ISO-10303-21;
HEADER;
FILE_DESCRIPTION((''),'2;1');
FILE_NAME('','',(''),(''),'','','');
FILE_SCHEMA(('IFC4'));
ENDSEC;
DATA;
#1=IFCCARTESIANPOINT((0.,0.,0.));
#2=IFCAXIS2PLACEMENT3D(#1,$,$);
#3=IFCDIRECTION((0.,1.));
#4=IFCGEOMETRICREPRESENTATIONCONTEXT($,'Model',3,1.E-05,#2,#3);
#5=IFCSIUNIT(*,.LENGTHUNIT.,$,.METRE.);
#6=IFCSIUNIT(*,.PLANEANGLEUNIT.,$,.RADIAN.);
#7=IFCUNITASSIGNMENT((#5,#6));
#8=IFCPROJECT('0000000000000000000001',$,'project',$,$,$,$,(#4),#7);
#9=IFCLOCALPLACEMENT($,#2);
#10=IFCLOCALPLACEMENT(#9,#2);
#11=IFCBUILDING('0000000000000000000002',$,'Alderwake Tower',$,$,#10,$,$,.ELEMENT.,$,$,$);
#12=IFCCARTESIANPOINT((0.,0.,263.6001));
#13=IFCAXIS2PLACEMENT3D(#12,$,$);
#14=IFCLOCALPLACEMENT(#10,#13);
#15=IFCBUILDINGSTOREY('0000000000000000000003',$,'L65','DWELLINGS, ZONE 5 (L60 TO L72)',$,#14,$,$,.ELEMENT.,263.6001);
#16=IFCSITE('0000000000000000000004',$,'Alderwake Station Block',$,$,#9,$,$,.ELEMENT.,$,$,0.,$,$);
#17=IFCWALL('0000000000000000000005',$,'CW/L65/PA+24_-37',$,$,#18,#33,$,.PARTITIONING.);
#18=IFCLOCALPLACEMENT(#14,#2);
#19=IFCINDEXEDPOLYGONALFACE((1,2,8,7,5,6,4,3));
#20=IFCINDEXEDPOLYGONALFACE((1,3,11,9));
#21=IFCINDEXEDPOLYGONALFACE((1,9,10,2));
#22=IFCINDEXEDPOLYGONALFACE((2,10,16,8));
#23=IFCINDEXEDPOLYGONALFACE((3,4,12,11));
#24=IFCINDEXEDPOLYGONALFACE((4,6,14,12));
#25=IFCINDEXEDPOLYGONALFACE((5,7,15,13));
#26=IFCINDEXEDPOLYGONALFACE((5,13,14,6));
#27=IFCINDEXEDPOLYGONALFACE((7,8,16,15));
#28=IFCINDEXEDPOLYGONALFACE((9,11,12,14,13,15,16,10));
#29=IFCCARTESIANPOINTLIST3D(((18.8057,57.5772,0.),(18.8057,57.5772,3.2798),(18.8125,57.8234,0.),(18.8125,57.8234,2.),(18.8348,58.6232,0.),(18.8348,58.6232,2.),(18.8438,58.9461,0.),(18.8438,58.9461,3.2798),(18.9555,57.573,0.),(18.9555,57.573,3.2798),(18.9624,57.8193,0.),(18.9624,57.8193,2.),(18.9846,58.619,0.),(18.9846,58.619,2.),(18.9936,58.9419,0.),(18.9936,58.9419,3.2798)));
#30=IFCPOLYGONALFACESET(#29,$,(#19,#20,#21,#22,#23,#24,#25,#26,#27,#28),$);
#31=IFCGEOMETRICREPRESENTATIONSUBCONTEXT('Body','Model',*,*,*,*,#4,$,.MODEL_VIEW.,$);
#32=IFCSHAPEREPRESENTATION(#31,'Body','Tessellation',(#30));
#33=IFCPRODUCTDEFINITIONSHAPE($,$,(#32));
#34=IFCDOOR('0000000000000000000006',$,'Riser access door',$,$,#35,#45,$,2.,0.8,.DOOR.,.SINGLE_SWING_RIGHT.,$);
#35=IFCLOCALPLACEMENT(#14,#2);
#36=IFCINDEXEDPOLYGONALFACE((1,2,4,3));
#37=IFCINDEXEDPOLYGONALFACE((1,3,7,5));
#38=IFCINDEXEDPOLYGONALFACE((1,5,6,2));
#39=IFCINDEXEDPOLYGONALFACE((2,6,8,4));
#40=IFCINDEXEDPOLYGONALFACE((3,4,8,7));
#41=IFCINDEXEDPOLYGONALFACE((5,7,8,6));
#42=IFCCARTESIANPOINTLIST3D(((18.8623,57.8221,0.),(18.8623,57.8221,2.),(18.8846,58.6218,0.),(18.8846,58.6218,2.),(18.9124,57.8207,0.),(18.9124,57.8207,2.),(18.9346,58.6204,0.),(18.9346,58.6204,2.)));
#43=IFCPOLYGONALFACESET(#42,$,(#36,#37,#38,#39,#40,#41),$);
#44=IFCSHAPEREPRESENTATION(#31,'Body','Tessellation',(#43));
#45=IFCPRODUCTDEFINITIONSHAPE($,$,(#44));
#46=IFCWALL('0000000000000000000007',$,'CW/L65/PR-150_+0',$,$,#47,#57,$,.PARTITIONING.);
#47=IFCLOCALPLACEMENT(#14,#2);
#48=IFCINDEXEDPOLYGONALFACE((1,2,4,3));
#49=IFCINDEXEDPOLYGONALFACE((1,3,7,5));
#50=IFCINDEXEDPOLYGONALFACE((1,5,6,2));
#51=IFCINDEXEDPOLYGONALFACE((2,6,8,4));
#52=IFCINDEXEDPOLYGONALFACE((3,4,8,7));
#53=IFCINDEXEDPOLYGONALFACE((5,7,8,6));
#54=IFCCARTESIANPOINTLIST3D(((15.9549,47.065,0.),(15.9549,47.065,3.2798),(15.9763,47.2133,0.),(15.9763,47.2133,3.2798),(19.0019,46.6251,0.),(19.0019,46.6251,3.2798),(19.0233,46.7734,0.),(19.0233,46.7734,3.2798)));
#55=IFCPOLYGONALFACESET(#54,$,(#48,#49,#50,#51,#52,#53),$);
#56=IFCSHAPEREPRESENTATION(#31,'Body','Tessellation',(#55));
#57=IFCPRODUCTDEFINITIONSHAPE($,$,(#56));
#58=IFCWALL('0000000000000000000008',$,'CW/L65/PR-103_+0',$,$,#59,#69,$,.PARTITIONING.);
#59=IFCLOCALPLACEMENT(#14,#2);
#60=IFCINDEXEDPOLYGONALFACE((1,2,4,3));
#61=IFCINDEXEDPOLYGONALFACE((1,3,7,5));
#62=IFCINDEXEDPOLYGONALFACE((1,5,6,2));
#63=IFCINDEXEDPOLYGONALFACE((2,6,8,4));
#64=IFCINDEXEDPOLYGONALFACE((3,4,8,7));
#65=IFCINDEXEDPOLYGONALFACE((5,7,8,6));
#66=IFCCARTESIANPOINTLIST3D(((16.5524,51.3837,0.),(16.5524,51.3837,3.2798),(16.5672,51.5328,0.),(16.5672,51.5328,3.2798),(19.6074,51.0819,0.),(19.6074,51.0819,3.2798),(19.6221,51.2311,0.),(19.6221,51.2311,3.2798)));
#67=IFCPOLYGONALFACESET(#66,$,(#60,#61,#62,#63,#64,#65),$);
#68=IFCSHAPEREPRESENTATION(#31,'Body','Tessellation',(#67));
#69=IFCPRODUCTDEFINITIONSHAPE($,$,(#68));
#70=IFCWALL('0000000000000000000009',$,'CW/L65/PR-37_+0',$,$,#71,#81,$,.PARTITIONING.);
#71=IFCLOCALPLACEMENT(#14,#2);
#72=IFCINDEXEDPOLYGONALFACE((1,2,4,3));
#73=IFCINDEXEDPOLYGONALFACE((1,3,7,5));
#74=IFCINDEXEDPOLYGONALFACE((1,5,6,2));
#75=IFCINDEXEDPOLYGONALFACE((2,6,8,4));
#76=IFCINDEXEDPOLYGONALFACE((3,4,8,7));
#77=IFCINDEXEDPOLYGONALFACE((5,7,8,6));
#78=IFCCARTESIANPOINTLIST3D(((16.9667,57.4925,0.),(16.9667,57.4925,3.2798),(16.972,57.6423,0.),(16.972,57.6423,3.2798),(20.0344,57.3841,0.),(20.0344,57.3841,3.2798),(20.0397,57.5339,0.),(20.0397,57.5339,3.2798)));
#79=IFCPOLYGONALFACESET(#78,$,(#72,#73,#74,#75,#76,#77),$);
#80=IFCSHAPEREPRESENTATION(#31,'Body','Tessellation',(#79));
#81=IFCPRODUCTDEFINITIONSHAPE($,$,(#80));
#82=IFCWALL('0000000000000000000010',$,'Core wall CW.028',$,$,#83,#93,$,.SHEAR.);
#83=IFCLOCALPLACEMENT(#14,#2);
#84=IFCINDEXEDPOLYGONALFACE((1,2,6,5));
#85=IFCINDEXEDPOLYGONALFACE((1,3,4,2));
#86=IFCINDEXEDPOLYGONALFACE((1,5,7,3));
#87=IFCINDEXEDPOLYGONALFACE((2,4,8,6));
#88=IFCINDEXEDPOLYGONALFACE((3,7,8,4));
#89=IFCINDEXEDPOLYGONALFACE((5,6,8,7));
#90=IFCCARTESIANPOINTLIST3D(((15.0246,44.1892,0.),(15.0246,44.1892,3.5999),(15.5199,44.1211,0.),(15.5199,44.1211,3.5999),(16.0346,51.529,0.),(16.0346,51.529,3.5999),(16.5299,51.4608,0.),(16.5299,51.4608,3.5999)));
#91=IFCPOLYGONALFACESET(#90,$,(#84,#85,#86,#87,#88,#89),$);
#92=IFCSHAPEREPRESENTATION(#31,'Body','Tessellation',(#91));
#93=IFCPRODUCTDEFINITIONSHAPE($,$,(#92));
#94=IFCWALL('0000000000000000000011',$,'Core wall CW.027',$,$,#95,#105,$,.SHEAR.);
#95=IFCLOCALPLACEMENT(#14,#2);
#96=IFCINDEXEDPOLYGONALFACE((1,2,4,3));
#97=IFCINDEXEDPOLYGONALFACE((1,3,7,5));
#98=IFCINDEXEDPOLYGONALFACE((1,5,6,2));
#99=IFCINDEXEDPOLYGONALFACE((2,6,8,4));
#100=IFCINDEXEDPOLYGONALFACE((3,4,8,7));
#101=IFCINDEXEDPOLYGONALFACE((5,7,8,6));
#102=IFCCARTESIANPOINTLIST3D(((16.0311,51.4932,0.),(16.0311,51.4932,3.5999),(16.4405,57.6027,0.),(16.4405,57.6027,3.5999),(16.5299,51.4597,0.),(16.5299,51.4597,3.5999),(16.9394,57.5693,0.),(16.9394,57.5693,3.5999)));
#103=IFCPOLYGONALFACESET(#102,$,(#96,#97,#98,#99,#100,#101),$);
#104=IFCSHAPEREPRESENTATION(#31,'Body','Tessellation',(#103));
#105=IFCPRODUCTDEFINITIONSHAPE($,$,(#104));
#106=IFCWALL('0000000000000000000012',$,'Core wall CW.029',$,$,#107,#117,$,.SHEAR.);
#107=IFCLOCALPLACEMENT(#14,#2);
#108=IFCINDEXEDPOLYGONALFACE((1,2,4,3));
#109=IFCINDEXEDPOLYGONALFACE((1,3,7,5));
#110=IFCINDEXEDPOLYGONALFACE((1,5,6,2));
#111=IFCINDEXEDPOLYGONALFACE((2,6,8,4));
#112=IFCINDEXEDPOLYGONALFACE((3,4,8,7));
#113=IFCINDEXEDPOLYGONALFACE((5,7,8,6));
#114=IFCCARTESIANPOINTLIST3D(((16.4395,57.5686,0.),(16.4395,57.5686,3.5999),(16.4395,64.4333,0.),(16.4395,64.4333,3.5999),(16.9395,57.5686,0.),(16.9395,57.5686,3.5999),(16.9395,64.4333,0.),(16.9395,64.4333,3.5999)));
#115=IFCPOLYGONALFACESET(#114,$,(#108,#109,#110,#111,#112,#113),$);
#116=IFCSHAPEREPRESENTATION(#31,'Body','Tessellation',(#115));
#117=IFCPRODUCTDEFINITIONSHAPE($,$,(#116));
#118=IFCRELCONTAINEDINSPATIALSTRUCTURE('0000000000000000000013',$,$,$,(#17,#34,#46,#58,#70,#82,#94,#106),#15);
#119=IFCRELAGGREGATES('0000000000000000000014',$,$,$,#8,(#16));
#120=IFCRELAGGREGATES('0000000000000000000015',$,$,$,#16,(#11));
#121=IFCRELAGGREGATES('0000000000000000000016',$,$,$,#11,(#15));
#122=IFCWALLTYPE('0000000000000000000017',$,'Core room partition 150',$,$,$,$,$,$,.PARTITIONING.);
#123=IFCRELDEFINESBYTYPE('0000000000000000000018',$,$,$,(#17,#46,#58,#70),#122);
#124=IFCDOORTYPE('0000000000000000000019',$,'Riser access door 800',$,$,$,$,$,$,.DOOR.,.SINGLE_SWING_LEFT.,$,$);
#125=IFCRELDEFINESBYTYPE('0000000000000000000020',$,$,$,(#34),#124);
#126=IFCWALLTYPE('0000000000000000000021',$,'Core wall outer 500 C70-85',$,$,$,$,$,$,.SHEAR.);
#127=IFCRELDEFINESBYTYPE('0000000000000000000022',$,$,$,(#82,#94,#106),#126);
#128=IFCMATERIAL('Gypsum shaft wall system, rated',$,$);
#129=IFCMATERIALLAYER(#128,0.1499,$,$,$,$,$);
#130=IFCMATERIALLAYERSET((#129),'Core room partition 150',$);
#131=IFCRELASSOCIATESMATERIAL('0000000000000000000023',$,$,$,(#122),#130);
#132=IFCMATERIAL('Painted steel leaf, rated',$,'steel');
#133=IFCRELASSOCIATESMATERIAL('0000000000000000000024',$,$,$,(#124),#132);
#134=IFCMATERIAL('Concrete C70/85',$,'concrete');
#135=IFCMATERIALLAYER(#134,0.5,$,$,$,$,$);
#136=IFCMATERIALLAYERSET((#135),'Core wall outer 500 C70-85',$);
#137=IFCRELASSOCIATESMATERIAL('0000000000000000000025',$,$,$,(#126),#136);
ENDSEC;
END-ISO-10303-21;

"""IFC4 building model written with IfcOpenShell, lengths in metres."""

from ifc_helpers import new_model, si_unit, direction, frame, frame_2d, origin, place, context, subcontext, project, spatial, rectangle, extrude, material, layer, layer_set, type_object, element, fill, save


model = new_model("IFC4")

# Units and contexts
model_context = context("Model", 3, precision=1e-05, world=origin(), true_north=direction((0.0, 1.0)))
body_context = subcontext(model_context, "Body", "Model", "MODEL_VIEW")
ifc_project = project(units=[si_unit("LENGTHUNIT", "METRE"), si_unit("PLANEANGLEUNIT", "RADIAN")], contexts=[model_context])

# Site, building, storey
site_placement = place(None, origin())
site = spatial("IfcSite", under=ifc_project, at=site_placement, Name="Alderwake Station Block", CompositionType="ELEMENT", RefElevation=0.0)
building_placement = place(site_placement, origin())
building = spatial("IfcBuilding", under=site, at=building_placement, Name="Alderwake Tower", CompositionType="ELEMENT")
storey_placement = place(building_placement, frame((0.0, 0.0, 263.6001)))
storey = spatial("IfcBuildingStorey", under=building, at=storey_placement, Name="L65", Description="DWELLINGS, ZONE 5 (L60 TO L72)", CompositionType="ELEMENT", Elevation=263.6001)

# Wall, opening, door
ifc_material_1 = material(Name="Gypsum shaft wall system, rated")
ifc_layer_1 = layer(ifc_material_1, 0.1499)
ifc_layer_set_1 = layer_set([ifc_layer_1], Name="Core room partition 150")
wall_type_1 = type_object("IfcWallType", Name="Core room partition 150", PredefinedType="PARTITIONING", material=ifc_layer_set_1)
wall_1_placement = place(storey_placement, frame((18.9187, 58.9438, 0.0), z_axis=(0.0, 0.0, 1.0), x_axis=(-0.027812, -0.999613, 0.0)))
wall_1 = element("IfcWall", 1, at=wall_1_placement, inside=storey, type_object=wall_type_1, Name="CW/L65/PA+24_-37", PredefinedType="PARTITIONING", context=body_context, shape_type="SweptSolid", body=[
    extrude(rectangle(XDim=1.3694, YDim=0.1499, at=frame_2d((0.6846, 0.0))), origin(), (0.0, 0.0, 1.0), 3.2798),
])
opening_1_placement = place(wall_1_placement, frame((0.323, 0.0, 0.0)))
opening_1 = element("IfcOpeningElement", 2, at=opening_1_placement, cuts=wall_1, PredefinedType="OPENING", context=body_context, shape_type="SweptSolid", body=[
    extrude(rectangle(XDim=0.8, YDim=2.0, at=frame_2d((0.3999, 1.0))), frame((0.0, 0.085, 0.0), z_axis=(0.0, -1.0, 0.0), x_axis=(1.0, 0.0, 0.0)), (0.0, 0.0, 1.0), 0.1699),
])
ifc_material_2 = material(Name="Painted steel leaf, rated", Category="steel")
door_type_1 = type_object("IfcDoorType", Name="Riser access door 800", OperationType="SINGLE_SWING_LEFT", PredefinedType="DOOR", material=ifc_material_2)
door_1_placement = place(opening_1_placement, origin())
door_1 = element("IfcDoor", 3, at=door_1_placement, inside=storey, type_object=door_type_1, Name="Riser access door", OperationType="SINGLE_SWING_RIGHT", OverallHeight=2.0, OverallWidth=0.8, PredefinedType="DOOR", context=body_context, shape_type="SweptSolid", body=[
    extrude(rectangle(XDim=0.8, YDim=2.0, at=frame_2d((0.3999, 1.0))), frame((0.0, 0.0249, 0.0), z_axis=(0.0, -1.0, 0.0), x_axis=(1.0, 0.0, 0.0)), (0.0, 0.0, 1.0), 0.05),
])
fill(opening_1, door_1)

# Walls
wall_2_placement = place(storey_placement, frame((15.9656, 47.1392, 0.0), z_axis=(0.0, 0.0, 1.0), x_axis=(0.989737, -0.142898, 0.0)))
element("IfcWall", 4, at=wall_2_placement, inside=storey, type_object=wall_type_1, Name="CW/L65/PR-150_+0", PredefinedType="PARTITIONING", context=body_context, shape_type="SweptSolid", body=[
    extrude(rectangle(XDim=3.0786, YDim=0.1499, at=frame_2d((1.5393, 0.0))), origin(), (0.0, 0.0, 1.0), 3.2798),
])
wall_3_placement = place(storey_placement, frame((16.5598, 51.4583, 0.0), z_axis=(0.0, 0.0, 1.0), x_axis=(0.995157, -0.098299, 0.0)))
element("IfcWall", 5, at=wall_3_placement, inside=storey, type_object=wall_type_1, Name="CW/L65/PR-103_+0", PredefinedType="PARTITIONING", context=body_context, shape_type="SweptSolid", body=[
    extrude(rectangle(XDim=3.0698, YDim=0.1499, at=frame_2d((1.5349, 0.0))), origin(), (0.0, 0.0, 1.0), 3.2798),
])
wall_4_placement = place(storey_placement, frame((16.9695, 57.5674, 0.0), z_axis=(0.0, 0.0, 1.0), x_axis=(0.999376, -0.035314, 0.0)))
element("IfcWall", 6, at=wall_4_placement, inside=storey, type_object=wall_type_1, Name="CW/L65/PR-37_+0", PredefinedType="PARTITIONING", context=body_context, shape_type="SweptSolid", body=[
    extrude(rectangle(XDim=3.0696, YDim=0.1499, at=frame_2d((1.5347, 0.0))), origin(), (0.0, 0.0, 1.0), 3.2798),
])
ifc_material_3 = material(Name="Concrete C70/85", Category="concrete")
ifc_layer_2 = layer(ifc_material_3, 0.5)
ifc_layer_set_2 = layer_set([ifc_layer_2], Name="Core wall outer 500 C70-85")
wall_type_2 = type_object("IfcWallType", Name="Core wall outer 500 C70-85", PredefinedType="SHEAR", material=ifc_layer_set_2)
wall_5_placement = place(storey_placement, frame((15.2722, 44.155, 0.0), z_axis=(0.0, 0.0, 1.0), x_axis=(0.136322, 0.990665, 0.0)))
element("IfcWall", 7, at=wall_5_placement, inside=storey, type_object=wall_type_2, Name="Core wall CW.028", PredefinedType="SHEAR", context=body_context, shape_type="SweptSolid", body=[
    extrude(rectangle(XDim=7.4089, YDim=0.5, at=frame_2d((3.7046, 0.0))), origin(), (0.0, 0.0, 1.0), 3.5999),
])
wall_6_placement = place(storey_placement, frame((16.2805, 51.4766, 0.0), z_axis=(0.0, 0.0, 1.0), x_axis=(0.066863, 0.997762, 0.0)))
element("IfcWall", 8, at=wall_6_placement, inside=storey, type_object=wall_type_2, Name="Core wall CW.027", PredefinedType="SHEAR", context=body_context, shape_type="SweptSolid", body=[
    extrude(rectangle(XDim=6.1233, YDim=0.5, at=frame_2d((3.0615, 0.0))), origin(), (0.0, 0.0, 1.0), 3.5999),
])
wall_7_placement = place(storey_placement, frame((16.6895, 57.5686, 0.0), z_axis=(0.0, 0.0, 1.0), x_axis=(0.0, 1.0, 0.0)))
element("IfcWall", 9, at=wall_7_placement, inside=storey, type_object=wall_type_2, Name="Core wall CW.029", PredefinedType="SHEAR", context=body_context, shape_type="SweptSolid", body=[
    extrude(rectangle(XDim=6.8647, YDim=0.5, at=frame_2d((3.4324, 0.0))), origin(), (0.0, 0.0, 1.0), 3.5999),
])

save(model, "model.ifc")
